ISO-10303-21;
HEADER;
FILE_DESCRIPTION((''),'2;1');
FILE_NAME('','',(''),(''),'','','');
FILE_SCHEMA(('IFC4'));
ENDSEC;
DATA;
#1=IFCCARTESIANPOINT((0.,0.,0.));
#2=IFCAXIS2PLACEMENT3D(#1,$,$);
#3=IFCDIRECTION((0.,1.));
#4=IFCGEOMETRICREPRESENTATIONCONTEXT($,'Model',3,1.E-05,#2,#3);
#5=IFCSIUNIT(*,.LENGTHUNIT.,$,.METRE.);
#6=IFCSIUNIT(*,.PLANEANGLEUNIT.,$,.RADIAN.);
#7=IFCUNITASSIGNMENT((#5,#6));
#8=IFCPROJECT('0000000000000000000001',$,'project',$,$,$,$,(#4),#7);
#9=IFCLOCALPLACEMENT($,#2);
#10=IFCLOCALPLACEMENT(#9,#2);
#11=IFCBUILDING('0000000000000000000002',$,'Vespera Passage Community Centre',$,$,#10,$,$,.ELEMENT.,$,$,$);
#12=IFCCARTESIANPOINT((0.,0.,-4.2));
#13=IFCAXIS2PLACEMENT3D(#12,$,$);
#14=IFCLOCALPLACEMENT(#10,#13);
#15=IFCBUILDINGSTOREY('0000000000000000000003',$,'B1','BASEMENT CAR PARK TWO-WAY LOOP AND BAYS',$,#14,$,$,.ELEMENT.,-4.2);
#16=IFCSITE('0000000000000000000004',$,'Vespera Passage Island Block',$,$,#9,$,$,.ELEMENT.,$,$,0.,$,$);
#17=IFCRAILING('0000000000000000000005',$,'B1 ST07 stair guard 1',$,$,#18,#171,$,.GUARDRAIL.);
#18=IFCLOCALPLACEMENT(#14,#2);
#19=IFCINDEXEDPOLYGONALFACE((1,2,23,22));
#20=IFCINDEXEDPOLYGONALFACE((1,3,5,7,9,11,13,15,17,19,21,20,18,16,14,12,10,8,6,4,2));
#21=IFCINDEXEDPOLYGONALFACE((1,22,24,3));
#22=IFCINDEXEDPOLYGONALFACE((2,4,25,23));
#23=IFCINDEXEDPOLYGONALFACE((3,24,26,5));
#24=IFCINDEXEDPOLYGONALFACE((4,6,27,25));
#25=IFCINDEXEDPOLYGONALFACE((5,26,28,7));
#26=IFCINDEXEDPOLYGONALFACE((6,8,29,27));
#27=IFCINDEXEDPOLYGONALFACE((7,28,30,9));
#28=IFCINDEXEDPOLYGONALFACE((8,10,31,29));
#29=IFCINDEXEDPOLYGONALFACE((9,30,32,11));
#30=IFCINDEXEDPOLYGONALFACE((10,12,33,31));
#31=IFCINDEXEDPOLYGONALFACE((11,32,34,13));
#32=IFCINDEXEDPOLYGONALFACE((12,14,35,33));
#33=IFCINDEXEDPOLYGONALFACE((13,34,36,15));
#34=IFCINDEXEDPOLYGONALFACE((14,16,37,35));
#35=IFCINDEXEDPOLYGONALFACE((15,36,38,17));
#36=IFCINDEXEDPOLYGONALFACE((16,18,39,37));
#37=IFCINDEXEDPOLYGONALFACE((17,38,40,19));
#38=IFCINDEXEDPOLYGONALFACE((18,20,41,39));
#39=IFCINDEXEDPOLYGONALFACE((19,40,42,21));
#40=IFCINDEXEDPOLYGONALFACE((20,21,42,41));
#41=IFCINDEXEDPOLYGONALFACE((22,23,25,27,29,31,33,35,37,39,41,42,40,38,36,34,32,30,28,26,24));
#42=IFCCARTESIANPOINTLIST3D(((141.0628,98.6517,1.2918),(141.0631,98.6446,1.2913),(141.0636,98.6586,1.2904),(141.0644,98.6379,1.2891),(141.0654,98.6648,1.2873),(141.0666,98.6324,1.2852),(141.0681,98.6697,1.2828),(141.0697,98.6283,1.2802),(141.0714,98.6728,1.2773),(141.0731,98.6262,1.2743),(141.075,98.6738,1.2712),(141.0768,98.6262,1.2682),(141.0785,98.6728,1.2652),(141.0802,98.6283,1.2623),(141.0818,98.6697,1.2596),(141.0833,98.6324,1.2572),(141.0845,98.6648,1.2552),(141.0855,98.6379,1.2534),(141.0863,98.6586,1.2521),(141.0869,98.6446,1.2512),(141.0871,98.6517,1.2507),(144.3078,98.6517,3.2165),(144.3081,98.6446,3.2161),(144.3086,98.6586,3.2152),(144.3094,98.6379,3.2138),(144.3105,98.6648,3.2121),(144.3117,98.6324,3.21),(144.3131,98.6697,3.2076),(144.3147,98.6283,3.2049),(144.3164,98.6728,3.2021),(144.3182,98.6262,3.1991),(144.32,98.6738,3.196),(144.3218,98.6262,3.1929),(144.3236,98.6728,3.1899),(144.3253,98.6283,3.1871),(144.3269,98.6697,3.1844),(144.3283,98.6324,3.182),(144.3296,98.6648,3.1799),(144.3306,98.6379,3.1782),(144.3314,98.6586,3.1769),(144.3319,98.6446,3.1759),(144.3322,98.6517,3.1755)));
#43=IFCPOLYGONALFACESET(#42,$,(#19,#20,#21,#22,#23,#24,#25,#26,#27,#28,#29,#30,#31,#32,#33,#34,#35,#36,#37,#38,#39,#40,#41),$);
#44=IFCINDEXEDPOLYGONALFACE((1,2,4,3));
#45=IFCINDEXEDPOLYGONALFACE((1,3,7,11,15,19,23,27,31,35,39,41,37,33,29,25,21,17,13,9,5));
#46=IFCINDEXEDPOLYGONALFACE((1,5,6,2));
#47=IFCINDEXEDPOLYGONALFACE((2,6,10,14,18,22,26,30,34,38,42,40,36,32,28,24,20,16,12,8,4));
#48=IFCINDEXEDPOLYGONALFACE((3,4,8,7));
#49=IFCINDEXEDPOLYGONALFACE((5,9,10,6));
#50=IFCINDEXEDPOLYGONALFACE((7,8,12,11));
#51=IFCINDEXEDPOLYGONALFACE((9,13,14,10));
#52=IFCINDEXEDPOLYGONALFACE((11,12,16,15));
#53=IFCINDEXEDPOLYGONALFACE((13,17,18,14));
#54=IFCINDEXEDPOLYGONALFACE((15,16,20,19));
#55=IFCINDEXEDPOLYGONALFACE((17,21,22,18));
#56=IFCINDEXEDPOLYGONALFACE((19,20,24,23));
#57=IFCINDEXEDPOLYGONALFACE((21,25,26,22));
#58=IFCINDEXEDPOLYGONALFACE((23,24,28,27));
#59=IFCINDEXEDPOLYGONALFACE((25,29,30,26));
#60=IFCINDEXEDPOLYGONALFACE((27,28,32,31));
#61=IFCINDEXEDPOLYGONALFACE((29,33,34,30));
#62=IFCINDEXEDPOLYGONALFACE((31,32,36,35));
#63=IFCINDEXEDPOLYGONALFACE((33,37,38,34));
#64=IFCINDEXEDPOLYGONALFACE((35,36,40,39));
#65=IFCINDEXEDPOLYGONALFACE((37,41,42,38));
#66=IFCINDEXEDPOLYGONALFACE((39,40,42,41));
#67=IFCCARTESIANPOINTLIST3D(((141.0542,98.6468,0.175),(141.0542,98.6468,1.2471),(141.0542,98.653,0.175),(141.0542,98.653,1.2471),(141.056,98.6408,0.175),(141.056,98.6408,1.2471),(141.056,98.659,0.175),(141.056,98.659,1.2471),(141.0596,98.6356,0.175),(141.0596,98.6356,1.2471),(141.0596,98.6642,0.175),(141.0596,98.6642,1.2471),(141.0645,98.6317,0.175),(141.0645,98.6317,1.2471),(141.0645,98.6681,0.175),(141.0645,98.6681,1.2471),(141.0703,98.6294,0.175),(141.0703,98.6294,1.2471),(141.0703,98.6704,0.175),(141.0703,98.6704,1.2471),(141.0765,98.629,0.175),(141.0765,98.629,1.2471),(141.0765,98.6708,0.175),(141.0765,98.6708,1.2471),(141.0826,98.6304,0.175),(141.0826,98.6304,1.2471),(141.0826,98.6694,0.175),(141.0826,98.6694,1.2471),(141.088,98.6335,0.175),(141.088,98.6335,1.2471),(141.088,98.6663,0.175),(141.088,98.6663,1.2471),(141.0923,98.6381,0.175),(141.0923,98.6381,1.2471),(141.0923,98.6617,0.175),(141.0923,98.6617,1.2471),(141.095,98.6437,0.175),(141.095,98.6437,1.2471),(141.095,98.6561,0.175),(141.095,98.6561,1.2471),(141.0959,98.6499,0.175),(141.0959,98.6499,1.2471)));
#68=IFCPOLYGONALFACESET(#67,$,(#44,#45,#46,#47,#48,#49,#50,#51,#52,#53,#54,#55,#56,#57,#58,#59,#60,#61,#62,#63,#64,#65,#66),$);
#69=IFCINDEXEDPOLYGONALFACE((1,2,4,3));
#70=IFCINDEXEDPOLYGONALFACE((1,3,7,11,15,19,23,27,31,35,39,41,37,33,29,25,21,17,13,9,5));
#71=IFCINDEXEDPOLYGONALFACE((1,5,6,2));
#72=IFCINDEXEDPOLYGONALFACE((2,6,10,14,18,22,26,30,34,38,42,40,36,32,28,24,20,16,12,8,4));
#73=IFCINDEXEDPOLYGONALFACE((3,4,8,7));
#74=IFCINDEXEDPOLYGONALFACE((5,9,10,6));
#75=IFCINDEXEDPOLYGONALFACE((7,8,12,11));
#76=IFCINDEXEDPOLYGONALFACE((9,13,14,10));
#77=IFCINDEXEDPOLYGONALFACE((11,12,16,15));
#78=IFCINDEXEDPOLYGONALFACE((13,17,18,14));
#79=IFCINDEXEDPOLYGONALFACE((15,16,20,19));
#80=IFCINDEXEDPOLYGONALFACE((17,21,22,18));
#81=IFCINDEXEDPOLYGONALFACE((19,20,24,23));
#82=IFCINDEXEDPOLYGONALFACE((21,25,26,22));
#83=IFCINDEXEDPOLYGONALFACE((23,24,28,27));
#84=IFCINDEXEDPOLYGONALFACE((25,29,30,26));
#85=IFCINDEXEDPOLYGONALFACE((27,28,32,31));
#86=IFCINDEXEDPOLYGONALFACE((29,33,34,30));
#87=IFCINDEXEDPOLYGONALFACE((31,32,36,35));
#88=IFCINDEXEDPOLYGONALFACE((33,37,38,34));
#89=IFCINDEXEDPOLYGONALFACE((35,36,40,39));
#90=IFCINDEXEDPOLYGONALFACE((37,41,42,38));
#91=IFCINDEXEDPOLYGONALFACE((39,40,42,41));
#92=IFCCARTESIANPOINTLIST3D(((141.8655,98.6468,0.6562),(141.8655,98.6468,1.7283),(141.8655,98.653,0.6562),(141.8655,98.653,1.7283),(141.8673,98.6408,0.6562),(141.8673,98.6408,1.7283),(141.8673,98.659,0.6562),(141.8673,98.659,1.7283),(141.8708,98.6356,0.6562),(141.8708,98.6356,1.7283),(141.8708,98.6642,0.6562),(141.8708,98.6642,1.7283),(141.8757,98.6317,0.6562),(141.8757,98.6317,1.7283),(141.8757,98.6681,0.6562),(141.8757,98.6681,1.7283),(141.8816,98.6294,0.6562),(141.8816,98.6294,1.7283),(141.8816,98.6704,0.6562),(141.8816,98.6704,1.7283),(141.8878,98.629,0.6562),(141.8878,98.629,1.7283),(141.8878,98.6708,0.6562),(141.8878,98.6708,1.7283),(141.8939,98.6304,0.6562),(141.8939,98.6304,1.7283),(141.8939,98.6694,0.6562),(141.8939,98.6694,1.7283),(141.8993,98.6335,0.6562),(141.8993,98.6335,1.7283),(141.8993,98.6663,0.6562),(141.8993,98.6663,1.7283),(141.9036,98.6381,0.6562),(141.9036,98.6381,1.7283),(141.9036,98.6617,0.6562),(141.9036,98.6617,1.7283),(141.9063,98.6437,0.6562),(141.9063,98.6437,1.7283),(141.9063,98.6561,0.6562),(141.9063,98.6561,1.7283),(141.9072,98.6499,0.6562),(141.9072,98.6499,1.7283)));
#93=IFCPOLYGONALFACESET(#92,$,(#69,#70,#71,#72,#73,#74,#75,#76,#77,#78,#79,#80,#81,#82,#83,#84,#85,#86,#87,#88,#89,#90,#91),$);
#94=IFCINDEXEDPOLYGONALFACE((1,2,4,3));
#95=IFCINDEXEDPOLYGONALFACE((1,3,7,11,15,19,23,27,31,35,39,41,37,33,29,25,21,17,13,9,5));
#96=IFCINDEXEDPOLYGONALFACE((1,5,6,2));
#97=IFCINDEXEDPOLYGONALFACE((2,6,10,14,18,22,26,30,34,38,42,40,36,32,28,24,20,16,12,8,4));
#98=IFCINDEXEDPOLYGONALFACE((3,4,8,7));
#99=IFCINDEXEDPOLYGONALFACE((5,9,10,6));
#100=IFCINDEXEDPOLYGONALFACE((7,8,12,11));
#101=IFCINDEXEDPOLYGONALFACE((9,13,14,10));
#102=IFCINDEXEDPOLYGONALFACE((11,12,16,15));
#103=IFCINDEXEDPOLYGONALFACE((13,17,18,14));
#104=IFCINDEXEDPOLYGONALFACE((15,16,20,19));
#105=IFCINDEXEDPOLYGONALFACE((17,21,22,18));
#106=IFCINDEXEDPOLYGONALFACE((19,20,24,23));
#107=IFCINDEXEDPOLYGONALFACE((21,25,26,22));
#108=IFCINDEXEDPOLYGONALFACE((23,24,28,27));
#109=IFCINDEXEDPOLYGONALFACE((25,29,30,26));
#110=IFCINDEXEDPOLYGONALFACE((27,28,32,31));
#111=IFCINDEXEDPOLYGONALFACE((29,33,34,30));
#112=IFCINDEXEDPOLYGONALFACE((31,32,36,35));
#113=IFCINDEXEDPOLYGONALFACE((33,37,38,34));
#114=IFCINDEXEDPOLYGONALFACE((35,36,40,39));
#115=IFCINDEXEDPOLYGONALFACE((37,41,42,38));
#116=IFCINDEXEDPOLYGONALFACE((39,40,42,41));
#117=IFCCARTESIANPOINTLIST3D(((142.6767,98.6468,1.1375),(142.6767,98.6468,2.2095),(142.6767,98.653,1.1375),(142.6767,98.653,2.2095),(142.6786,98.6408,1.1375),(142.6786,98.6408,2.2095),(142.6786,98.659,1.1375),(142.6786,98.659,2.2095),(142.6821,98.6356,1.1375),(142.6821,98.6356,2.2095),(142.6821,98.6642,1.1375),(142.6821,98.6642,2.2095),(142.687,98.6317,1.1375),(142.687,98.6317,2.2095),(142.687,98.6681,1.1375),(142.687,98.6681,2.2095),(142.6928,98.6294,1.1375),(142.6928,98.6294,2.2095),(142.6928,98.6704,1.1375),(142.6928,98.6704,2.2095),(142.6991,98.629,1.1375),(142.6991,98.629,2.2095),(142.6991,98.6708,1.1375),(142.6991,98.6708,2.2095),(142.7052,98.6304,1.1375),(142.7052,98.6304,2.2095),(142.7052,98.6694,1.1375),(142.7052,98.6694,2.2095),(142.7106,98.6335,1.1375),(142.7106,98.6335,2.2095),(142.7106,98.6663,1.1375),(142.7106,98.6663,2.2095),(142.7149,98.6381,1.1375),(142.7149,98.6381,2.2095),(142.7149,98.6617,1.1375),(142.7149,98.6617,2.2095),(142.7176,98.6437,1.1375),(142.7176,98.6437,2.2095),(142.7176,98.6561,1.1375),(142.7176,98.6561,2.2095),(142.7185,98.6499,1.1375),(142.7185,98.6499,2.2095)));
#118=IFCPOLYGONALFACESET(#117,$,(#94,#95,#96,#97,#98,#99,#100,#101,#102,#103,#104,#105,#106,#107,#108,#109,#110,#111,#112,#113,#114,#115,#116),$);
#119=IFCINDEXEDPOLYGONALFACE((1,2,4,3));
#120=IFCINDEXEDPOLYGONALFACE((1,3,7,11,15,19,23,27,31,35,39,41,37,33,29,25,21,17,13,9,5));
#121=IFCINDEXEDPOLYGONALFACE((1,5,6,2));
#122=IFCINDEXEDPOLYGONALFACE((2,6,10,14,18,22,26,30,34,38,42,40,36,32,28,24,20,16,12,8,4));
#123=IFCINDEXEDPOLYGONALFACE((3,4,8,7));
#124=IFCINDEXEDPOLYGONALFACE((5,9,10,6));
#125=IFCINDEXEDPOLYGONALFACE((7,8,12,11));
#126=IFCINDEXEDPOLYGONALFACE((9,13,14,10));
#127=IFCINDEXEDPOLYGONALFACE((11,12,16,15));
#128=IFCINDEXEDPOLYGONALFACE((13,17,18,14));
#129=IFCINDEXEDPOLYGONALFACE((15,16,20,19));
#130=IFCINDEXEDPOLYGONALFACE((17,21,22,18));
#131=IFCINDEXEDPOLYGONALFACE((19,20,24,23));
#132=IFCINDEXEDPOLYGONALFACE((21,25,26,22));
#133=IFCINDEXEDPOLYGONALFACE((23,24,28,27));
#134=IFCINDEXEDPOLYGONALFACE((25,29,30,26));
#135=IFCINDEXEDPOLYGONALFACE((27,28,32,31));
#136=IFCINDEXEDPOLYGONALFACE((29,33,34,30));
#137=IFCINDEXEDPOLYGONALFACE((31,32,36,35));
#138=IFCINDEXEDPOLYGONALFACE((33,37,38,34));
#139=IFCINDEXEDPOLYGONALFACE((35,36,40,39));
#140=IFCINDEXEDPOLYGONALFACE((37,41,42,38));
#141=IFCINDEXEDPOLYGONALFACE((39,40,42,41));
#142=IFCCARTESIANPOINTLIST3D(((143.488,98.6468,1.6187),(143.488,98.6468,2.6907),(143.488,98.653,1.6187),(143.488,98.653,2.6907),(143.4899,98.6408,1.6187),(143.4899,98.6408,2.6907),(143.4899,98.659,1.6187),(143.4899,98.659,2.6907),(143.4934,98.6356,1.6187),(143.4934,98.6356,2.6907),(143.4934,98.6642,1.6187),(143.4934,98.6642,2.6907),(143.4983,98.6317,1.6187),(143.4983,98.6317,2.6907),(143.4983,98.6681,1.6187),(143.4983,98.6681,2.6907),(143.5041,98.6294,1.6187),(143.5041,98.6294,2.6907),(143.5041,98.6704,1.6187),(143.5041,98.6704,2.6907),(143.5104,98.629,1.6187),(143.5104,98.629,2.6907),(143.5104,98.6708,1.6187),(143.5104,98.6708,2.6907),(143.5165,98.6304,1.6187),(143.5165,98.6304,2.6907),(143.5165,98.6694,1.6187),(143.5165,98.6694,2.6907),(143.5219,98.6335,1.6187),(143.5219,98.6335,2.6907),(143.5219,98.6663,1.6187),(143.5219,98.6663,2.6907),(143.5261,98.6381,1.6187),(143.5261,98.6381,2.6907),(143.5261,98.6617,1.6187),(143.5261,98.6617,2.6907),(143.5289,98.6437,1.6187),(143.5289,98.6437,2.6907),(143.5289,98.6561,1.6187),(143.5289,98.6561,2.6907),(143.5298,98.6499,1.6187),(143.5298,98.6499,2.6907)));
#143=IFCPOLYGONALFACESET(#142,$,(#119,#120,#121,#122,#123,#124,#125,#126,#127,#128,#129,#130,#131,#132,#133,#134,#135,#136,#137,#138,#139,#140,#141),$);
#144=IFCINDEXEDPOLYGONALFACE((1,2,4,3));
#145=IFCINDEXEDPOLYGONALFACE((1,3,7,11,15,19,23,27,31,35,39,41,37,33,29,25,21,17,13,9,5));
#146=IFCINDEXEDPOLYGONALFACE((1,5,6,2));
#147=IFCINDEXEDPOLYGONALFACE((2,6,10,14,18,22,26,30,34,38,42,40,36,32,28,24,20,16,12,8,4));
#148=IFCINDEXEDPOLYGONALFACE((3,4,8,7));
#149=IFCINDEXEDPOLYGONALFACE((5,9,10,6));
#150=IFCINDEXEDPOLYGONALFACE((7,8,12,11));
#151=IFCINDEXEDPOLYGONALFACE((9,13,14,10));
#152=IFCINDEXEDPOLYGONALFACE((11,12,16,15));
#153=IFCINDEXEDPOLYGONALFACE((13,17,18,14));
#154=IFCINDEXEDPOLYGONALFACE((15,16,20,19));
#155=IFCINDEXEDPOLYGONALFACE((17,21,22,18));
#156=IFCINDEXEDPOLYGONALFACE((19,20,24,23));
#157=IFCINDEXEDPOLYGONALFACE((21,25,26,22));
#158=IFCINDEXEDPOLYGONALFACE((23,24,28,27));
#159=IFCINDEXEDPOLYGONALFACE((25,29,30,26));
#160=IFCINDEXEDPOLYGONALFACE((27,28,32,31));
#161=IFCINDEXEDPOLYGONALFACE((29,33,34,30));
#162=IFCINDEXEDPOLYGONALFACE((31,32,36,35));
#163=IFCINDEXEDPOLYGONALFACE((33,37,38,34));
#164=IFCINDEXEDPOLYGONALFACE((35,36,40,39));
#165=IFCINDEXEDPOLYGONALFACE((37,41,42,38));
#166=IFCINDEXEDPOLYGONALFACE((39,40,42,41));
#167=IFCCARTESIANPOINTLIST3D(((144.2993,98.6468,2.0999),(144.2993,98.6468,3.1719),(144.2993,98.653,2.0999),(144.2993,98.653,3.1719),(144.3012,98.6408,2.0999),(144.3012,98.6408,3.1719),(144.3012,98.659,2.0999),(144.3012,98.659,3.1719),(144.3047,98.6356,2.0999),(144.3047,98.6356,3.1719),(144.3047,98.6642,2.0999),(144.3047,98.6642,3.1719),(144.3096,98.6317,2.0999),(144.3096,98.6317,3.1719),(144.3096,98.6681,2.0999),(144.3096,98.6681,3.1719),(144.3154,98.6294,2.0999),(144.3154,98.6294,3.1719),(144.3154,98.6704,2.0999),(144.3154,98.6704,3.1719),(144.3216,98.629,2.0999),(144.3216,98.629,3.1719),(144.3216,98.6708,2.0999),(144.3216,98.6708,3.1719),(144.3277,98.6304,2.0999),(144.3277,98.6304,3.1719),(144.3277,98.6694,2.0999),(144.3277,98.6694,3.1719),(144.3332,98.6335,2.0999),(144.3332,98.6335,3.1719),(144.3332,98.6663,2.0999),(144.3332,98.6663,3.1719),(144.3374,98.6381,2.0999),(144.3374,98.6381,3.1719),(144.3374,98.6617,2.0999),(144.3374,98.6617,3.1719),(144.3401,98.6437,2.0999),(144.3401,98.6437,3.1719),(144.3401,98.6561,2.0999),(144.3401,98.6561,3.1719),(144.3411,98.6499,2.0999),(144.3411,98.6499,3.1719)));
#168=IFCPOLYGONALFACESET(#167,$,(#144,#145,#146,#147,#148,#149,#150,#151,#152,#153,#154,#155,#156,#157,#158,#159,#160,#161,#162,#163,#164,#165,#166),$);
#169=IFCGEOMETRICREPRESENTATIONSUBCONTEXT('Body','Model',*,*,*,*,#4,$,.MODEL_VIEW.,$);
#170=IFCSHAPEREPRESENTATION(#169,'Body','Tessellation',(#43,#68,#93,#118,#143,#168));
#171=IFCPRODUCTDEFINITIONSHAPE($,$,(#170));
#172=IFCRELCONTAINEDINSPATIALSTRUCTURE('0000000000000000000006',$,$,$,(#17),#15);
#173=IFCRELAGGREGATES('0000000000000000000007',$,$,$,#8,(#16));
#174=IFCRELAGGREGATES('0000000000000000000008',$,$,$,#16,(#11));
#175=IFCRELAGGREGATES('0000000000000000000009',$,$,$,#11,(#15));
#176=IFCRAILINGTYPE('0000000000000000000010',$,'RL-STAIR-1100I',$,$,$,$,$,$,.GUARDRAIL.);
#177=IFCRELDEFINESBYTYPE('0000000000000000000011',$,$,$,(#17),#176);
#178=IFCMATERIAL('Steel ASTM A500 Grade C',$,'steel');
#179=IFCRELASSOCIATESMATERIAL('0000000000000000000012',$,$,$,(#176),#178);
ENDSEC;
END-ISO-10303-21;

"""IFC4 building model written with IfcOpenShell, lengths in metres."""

from ifc_helpers import new_model, si_unit, direction, frame, origin, origin_2d, place, context, subcontext, project, spatial, circle, extrude, material, type_object, element, save


model = new_model("IFC4")

# Units and contexts
model_context = context("Model", 3, precision=1e-05, world=origin(), true_north=direction((0.0, 1.0)))
body_context = subcontext(model_context, "Body", "Model", "MODEL_VIEW")
ifc_project = project(units=[si_unit("LENGTHUNIT", "METRE"), si_unit("PLANEANGLEUNIT", "RADIAN")], contexts=[model_context])

# Site, building, storey
site_placement = place(None, origin())
site = spatial("IfcSite", under=ifc_project, at=site_placement, Name="Vespera Passage Island Block", CompositionType="ELEMENT", RefElevation=0.0)
building_placement = place(site_placement, origin())
building = spatial("IfcBuilding", under=site, at=building_placement, Name="Vespera Passage Community Centre", CompositionType="ELEMENT")
storey_placement = place(building_placement, frame((0.0, 0.0, -4.2)))
storey = spatial("IfcBuildingStorey", under=building, at=storey_placement, Name="B1", Description="BASEMENT CAR PARK TWO-WAY LOOP AND BAYS", CompositionType="ELEMENT", Elevation=-4.2)

# Railing
ifc_material_1 = material(Name="Steel ASTM A500 Grade C", Category="steel")
railing_type_1 = type_object("IfcRailingType", Name="RL-STAIR-1100I", PredefinedType="GUARDRAIL", material=ifc_material_1)
railing_1_placement = place(storey_placement, frame((141.075, 98.6499, 0.175)))
element("IfcRailing", 1, at=railing_1_placement, inside=storey, type_object=railing_type_1, Name="B1 ST07 stair guard 1", PredefinedType="GUARDRAIL", context=body_context, shape_type="SweptSolid", body=[
    extrude(circle(Radius=0.0239, at=origin_2d()), frame((0.0, 0.0, 1.0962), z_axis=(0.860085, 0.0, 0.51015), x_axis=(0.0, 1.0, 0.0)), (0.0, 0.0, 1.0), 3.7729),
    extrude(circle(Radius=0.021, at=origin_2d()), origin(), (0.0, 0.0, 1.0), 1.072),
    extrude(circle(Radius=0.021, at=origin_2d()), frame((0.8113, 0.0, 0.4812)), (0.0, 0.0, 1.0), 1.072),
    extrude(circle(Radius=0.021, at=origin_2d()), frame((1.6226, 0.0, 0.9624)), (0.0, 0.0, 1.0), 1.072),
    extrude(circle(Radius=0.021, at=origin_2d()), frame((2.4338, 0.0, 1.4436)), (0.0, 0.0, 1.0), 1.072),
    extrude(circle(Radius=0.021, at=origin_2d()), frame((3.2451, 0.0, 1.9248)), (0.0, 0.0, 1.0), 1.072),
])

save(model, "model.ifc")
